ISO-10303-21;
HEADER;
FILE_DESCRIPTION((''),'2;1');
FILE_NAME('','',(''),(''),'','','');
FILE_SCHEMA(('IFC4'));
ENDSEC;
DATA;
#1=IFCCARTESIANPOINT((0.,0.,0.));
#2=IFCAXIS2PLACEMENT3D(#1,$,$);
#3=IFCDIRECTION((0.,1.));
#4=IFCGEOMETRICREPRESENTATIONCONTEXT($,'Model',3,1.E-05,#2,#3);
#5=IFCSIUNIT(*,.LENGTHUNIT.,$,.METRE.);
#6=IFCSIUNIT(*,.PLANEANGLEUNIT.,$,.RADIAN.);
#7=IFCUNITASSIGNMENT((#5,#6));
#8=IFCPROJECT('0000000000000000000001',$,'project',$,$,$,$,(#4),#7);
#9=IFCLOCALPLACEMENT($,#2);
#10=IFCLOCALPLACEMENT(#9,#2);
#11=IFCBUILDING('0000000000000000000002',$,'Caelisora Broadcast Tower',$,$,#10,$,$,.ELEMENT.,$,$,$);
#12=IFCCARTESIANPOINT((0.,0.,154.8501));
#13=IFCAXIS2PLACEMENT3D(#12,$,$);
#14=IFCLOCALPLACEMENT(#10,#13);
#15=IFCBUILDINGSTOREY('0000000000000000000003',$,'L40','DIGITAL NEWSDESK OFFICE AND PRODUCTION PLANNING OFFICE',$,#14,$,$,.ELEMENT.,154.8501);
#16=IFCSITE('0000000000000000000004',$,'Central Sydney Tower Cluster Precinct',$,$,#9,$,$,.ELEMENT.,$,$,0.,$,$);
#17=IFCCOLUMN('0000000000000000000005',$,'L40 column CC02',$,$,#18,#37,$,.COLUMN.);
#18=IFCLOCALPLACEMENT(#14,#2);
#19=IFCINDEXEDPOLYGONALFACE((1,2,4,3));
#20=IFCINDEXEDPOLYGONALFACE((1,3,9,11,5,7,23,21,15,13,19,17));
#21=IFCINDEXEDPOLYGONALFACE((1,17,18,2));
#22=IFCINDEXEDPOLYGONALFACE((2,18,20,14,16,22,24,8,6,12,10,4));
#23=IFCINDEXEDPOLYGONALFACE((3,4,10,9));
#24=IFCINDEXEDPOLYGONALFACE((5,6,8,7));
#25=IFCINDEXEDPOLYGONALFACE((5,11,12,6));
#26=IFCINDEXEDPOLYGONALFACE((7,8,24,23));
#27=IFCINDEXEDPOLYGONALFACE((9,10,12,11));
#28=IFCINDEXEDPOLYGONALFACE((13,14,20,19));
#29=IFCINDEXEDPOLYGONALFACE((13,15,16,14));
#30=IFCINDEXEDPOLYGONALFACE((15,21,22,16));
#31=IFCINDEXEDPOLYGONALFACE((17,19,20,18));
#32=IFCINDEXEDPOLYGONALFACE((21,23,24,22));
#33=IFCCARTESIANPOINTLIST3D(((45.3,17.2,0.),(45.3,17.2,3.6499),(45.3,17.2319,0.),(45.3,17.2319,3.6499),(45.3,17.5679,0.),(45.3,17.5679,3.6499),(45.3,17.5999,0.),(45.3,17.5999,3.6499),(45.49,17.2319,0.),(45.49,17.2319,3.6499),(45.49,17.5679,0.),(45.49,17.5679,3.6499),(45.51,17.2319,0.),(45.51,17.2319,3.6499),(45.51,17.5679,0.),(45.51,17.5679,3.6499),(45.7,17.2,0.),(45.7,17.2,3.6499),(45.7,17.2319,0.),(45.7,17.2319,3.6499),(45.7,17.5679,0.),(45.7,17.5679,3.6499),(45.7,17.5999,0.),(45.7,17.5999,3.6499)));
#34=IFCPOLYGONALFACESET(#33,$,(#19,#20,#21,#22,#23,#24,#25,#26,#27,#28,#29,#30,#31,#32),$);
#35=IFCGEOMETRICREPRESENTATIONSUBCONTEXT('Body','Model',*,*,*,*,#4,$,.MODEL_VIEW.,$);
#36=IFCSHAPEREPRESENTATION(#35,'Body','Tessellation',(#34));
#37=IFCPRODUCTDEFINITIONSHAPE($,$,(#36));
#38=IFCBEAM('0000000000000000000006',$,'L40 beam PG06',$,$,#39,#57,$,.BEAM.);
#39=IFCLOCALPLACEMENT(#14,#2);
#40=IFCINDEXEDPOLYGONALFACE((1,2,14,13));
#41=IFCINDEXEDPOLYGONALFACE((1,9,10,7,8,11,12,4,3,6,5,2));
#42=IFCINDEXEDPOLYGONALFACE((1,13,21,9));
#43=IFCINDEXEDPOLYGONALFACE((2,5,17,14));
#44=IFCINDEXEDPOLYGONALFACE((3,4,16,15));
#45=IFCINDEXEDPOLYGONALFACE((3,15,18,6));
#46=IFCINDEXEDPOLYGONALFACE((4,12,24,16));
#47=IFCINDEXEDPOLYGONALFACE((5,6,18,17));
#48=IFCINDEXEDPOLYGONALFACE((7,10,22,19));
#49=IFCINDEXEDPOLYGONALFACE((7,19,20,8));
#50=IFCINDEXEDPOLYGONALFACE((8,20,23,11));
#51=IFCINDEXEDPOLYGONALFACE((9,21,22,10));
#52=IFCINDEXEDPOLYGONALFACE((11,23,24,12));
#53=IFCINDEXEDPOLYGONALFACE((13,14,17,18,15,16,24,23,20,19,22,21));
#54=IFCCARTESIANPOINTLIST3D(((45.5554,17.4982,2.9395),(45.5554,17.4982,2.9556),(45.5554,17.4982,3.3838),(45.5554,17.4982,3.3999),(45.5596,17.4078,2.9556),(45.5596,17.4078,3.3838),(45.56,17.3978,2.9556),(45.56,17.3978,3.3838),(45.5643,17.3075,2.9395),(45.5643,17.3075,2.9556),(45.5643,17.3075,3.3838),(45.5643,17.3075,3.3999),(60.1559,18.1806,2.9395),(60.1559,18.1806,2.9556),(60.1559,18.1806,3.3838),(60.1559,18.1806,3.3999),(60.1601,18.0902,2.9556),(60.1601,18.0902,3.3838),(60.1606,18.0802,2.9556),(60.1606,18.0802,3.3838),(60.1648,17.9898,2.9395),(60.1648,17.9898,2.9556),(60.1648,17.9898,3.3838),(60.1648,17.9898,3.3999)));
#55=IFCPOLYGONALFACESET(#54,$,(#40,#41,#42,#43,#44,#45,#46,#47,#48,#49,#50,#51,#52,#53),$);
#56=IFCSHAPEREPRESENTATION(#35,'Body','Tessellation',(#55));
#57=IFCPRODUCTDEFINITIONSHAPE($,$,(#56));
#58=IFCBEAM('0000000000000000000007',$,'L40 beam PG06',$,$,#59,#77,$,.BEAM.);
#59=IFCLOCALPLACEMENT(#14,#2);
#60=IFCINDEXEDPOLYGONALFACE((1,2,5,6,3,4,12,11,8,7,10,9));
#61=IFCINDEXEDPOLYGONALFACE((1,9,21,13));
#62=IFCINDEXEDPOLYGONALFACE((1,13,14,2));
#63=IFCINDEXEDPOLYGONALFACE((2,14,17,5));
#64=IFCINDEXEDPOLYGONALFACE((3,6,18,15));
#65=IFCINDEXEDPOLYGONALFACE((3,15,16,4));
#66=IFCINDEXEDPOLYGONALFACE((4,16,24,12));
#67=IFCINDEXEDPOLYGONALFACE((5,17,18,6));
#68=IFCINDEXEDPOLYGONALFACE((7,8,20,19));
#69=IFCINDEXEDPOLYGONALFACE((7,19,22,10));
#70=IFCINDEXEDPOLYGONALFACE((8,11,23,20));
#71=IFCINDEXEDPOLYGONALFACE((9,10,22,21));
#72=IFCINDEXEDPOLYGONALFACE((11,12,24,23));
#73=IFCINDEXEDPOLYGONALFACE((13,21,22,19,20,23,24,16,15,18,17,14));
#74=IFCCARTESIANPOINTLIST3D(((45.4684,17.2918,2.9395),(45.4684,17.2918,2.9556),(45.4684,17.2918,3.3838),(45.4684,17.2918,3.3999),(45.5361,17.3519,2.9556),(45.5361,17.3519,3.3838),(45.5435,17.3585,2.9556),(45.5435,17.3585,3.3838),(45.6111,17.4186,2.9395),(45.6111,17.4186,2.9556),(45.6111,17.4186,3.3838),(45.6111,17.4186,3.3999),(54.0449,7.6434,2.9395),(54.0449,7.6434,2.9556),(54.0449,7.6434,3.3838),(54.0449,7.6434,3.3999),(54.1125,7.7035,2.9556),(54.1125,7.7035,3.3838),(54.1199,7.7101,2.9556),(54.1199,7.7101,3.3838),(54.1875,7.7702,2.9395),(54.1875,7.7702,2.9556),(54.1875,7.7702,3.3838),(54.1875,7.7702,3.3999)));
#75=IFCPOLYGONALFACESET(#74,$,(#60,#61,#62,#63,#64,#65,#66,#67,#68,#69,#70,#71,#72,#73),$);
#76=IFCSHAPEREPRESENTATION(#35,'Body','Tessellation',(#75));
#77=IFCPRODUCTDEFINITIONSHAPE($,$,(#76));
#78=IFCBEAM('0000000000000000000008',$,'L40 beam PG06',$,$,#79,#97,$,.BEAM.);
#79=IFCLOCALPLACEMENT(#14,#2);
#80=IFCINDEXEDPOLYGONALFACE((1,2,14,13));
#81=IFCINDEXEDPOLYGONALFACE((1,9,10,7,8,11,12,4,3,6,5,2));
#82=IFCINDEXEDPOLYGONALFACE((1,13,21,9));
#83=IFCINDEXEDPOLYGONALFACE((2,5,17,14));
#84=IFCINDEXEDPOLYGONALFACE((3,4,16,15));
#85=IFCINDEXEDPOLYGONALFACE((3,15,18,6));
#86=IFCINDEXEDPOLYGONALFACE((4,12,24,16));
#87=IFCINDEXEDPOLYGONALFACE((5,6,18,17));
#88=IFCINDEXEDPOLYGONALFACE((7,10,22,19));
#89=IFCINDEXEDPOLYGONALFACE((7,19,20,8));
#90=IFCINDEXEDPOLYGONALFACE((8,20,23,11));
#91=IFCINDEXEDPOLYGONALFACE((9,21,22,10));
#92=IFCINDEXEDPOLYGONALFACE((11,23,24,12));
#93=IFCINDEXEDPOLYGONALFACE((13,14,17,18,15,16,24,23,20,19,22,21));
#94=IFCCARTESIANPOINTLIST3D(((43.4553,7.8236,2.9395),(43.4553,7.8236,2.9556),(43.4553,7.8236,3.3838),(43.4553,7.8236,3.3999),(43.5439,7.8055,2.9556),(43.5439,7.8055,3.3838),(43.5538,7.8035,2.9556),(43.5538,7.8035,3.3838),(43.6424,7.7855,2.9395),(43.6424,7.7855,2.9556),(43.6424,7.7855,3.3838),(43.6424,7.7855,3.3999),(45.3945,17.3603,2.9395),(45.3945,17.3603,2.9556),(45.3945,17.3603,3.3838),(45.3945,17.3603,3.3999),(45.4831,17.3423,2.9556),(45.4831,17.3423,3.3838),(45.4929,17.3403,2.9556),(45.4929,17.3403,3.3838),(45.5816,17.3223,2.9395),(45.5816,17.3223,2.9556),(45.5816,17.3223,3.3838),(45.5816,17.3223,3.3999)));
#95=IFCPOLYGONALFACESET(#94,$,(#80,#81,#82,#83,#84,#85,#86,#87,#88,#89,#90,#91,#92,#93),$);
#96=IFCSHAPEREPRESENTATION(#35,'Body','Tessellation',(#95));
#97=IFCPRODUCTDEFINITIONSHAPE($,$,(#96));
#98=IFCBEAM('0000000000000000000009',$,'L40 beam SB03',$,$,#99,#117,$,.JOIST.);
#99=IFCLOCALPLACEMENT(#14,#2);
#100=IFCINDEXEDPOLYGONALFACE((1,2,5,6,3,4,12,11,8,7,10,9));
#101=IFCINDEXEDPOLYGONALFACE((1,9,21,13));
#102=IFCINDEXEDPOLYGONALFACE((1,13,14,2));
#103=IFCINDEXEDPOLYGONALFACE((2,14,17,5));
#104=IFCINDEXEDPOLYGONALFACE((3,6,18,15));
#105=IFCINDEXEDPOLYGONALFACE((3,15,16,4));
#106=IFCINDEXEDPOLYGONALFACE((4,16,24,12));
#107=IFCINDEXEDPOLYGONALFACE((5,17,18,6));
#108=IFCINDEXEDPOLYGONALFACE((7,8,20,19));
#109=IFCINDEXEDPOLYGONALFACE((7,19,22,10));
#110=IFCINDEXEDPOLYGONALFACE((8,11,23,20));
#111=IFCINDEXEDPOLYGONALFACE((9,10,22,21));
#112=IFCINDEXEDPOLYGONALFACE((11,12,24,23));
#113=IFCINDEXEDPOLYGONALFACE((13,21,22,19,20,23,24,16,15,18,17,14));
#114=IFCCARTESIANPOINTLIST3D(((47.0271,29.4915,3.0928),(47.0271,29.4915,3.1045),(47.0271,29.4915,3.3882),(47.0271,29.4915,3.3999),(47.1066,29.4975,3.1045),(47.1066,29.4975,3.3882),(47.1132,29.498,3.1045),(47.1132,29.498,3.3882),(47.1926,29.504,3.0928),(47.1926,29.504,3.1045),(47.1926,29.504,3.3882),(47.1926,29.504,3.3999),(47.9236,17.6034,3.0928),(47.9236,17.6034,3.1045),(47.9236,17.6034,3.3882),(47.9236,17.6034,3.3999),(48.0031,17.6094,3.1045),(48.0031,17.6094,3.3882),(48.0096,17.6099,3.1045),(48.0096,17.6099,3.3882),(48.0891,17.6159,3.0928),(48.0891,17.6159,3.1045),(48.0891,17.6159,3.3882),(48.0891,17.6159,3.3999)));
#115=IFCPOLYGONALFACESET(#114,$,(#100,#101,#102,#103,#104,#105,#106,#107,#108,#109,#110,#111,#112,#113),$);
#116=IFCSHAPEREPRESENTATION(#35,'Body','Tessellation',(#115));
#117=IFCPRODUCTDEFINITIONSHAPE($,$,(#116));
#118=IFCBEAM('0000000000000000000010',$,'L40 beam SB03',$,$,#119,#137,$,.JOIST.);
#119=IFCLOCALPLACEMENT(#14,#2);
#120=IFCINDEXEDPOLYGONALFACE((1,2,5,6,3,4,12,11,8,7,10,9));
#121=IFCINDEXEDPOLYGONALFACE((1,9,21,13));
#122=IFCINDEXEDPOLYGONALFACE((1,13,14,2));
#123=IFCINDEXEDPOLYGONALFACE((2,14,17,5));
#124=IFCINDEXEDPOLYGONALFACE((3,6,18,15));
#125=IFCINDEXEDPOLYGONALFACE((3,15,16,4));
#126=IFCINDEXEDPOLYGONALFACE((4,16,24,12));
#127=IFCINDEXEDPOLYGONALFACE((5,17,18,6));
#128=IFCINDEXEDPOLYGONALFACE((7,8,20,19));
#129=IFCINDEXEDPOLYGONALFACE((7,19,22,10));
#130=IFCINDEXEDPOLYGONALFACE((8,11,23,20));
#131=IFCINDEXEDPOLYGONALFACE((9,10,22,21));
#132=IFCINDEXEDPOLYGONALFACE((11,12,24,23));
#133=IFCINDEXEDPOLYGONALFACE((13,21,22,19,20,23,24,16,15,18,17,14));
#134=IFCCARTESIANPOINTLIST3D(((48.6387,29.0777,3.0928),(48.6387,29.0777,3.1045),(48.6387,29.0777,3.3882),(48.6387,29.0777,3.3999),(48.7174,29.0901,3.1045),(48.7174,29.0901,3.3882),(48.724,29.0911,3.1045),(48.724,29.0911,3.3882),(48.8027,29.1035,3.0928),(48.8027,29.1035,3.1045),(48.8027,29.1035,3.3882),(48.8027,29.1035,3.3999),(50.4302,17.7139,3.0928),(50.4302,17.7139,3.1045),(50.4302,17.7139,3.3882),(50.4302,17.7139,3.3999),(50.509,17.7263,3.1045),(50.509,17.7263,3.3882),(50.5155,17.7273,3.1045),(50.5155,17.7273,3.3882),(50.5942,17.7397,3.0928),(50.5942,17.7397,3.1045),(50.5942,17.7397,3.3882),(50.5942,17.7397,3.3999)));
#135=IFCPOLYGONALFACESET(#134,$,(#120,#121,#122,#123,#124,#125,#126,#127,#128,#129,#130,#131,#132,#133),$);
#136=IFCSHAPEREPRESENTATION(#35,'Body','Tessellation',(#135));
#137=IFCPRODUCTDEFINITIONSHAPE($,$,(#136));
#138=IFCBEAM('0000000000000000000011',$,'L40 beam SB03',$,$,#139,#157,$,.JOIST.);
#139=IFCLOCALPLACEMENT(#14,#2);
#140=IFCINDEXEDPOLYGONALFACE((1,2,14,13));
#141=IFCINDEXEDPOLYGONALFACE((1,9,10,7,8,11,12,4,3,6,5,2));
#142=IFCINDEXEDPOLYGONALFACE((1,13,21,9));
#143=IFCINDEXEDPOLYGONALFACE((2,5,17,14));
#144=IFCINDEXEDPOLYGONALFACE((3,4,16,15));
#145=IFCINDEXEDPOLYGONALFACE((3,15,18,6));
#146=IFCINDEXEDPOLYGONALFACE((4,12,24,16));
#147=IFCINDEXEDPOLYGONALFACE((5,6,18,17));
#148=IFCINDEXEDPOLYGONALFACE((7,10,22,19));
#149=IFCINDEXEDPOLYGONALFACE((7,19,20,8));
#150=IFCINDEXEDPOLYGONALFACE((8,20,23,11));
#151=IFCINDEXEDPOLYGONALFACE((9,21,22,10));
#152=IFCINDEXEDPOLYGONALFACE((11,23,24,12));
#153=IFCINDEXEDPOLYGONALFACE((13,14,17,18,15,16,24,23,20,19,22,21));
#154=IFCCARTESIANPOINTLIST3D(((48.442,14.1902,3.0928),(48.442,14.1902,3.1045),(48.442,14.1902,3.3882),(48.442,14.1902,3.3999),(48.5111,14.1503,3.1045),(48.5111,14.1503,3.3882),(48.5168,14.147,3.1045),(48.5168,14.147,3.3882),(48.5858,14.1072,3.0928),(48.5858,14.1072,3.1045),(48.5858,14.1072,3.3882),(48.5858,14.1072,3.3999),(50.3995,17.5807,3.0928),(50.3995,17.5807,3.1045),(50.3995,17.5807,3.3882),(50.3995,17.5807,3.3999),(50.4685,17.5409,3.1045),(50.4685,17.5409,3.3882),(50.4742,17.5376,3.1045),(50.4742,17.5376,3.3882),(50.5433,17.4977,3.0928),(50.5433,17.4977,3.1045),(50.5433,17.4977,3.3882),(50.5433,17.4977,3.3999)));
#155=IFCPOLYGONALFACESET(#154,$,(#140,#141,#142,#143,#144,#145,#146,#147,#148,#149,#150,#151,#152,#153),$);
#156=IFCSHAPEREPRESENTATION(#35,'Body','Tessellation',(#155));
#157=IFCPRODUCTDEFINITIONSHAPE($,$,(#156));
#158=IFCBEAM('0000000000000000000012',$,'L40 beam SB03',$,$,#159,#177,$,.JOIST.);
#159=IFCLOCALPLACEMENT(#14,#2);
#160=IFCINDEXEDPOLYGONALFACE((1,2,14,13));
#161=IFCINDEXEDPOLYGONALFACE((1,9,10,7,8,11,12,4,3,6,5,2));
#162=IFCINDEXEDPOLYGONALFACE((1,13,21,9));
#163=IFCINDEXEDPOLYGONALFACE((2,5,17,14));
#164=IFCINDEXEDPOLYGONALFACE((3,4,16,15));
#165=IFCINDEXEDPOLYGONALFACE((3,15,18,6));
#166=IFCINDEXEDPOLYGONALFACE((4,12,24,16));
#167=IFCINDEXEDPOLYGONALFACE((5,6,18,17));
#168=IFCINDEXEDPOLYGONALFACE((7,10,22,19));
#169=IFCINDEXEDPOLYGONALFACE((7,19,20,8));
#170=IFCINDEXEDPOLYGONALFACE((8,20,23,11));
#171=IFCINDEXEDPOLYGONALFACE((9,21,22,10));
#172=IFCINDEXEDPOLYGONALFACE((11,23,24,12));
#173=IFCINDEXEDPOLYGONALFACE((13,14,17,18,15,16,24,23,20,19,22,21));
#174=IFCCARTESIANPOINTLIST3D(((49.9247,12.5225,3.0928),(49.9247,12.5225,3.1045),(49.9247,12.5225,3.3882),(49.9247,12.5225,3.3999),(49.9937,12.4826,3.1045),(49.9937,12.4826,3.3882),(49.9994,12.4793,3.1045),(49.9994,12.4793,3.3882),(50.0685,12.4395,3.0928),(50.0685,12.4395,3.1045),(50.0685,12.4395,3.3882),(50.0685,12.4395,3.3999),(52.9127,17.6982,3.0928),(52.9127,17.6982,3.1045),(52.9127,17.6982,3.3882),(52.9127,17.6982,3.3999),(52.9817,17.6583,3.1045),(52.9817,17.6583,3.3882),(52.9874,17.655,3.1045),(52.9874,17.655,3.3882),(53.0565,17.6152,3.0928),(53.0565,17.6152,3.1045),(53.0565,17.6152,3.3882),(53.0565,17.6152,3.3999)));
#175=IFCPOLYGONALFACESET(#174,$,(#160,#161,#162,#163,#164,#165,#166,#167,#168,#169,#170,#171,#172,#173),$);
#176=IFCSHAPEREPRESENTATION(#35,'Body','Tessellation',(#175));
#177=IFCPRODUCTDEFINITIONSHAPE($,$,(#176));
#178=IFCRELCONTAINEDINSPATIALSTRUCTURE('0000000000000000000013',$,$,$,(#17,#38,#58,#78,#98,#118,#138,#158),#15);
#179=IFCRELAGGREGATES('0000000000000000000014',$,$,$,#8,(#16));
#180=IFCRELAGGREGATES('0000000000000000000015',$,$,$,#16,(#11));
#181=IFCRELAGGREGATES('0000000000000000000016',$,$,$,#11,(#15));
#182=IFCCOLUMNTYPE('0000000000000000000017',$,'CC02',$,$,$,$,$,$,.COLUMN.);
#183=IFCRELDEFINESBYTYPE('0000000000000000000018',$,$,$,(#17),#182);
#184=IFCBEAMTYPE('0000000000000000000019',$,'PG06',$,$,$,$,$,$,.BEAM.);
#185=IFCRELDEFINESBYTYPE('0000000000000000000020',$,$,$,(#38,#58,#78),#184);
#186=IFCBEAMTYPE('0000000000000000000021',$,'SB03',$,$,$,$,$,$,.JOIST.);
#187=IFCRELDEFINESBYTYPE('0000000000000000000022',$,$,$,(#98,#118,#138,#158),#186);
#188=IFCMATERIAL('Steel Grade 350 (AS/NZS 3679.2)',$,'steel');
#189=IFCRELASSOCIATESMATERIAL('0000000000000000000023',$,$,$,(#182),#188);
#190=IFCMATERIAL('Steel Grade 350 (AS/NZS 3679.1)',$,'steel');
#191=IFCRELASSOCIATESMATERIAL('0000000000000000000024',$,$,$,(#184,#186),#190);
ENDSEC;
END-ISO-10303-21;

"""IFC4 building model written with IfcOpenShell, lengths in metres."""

from ifc_helpers import new_model, si_unit, direction, frame, origin, origin_2d, place, context, subcontext, project, spatial, i_section, extrude, source, transform, mapped, material, material_profile, profile_set, type_object, type_shapes, element, save


model = new_model("IFC4")

# Units and contexts
model_context = context("Model", 3, precision=1e-05, world=origin(), true_north=direction((0.0, 1.0)))
body_context = subcontext(model_context, "Body", "Model", "MODEL_VIEW")
ifc_project = project(units=[si_unit("LENGTHUNIT", "METRE"), si_unit("PLANEANGLEUNIT", "RADIAN")], contexts=[model_context])

# Site, building, storey
site_placement = place(None, origin())
site = spatial("IfcSite", under=ifc_project, at=site_placement, Name="Central Sydney Tower Cluster Precinct", CompositionType="ELEMENT", RefElevation=0.0)
building_placement = place(site_placement, origin())
building = spatial("IfcBuilding", under=site, at=building_placement, Name="Caelisora Broadcast Tower", CompositionType="ELEMENT")
storey_placement = place(building_placement, frame((0.0, 0.0, 154.8501)))
storey = spatial("IfcBuildingStorey", under=building, at=storey_placement, Name="L40", Description="DIGITAL NEWSDESK OFFICE AND PRODUCTION PLANNING OFFICE", CompositionType="ELEMENT", Elevation=154.8501)

# Column
ifc_material_1 = material(Name="Steel Grade 350 (AS/NZS 3679.2)", Category="steel")
ifc_material_profile_1 = material_profile(ifc_material_1, i_section(OverallWidth=0.3999, OverallDepth=0.3999, WebThickness=0.02, FlangeThickness=0.032, at=origin_2d()), Name="Steel Grade 350 (AS/NZS 3679.2)")
ifc_profile_set_1 = profile_set([ifc_material_profile_1], Name="Steel Grade 350 (AS/NZS 3679.2)")
column_type = type_object("IfcColumnType", Name="CC02", PredefinedType="COLUMN", material=ifc_profile_set_1)
shared_shape_1 = source(origin(), body_context, "Body", "SweptSolid", [
    extrude(i_section(OverallWidth=0.3999, OverallDepth=0.3999, WebThickness=0.02, FlangeThickness=0.032, at=origin_2d()), origin(), (0.0, 0.0, 1.0), 3.6499),
])
type_shapes(column_type, [shared_shape_1])
column_placement = place(storey_placement, frame((45.5, 17.3999, 0.0), z_axis=(0.0, 0.0, 1.0), x_axis=(1.0, 0.0, 0.0)))
element("IfcColumn", 1, at=column_placement, inside=storey, type_object=column_type, Name="L40 column CC02", PredefinedType="COLUMN", context=body_context, shape_type="MappedRepresentation", body=[
    mapped(shared_shape_1, transform((0.0, 0.0, 0.0), scale=1.0)),
])

# Beams
ifc_material_2 = material(Name="Steel Grade 350 (AS/NZS 3679.1)", Category="steel")
ifc_material_profile_2 = material_profile(ifc_material_2, i_section(OverallWidth=0.1909, OverallDepth=0.4604, WebThickness=0.01, FlangeThickness=0.0161, at=origin_2d()), Name="Steel Grade 350 (AS/NZS 3679.1)")
ifc_profile_set_2 = profile_set([ifc_material_profile_2], Name="Steel Grade 350 (AS/NZS 3679.1)")
beam_type_1 = type_object("IfcBeamType", Name="PG06", PredefinedType="BEAM", material=ifc_profile_set_2)
shared_shape_2 = source(origin(), body_context, "Body", "SweptSolid", [
    extrude(i_section(OverallWidth=0.1909, OverallDepth=0.4604, WebThickness=0.01, FlangeThickness=0.0161, at=origin_2d()), origin(), (0.0, 0.0, 1.0), 14.6165),
])
beam_1_placement = place(storey_placement, frame((45.5598, 17.4028, 3.1697), z_axis=(0.99891, 0.046685, 0.0), x_axis=(-0.046685, 0.99891, 0.0)))
element("IfcBeam", 2, at=beam_1_placement, inside=storey, type_object=beam_type_1, Name="L40 beam PG06", PredefinedType="BEAM", context=body_context, shape_type="MappedRepresentation", body=[
    mapped(shared_shape_2, transform((0.0, 0.0, 0.0), scale=1.0)),
])
shared_shape_3 = source(origin(), body_context, "Body", "SweptSolid", [
    extrude(i_section(OverallWidth=0.1909, OverallDepth=0.4604, WebThickness=0.01, FlangeThickness=0.0161, at=origin_2d()), origin(), (0.0, 0.0, 1.0), 12.9092),
])
beam_2_placement = place(storey_placement, frame((45.5398, 17.3552, 3.1697), z_axis=(0.664365, -0.747408, 0.0), x_axis=(0.747408, 0.664365, 0.0)))
element("IfcBeam", 3, at=beam_2_placement, inside=storey, type_object=beam_type_1, Name="L40 beam PG06", PredefinedType="BEAM", context=body_context, shape_type="MappedRepresentation", body=[
    mapped(shared_shape_3, transform((0.0, 0.0, 0.0), scale=1.0)),
])
shared_shape_4 = source(origin(), body_context, "Body", "SweptSolid", [
    extrude(i_section(OverallWidth=0.1909, OverallDepth=0.4604, WebThickness=0.01, FlangeThickness=0.0161, at=origin_2d()), origin(), (0.0, 0.0, 1.0), 9.7319),
])
type_shapes(beam_type_1, [shared_shape_2, shared_shape_3, shared_shape_4])
beam_3_placement = place(storey_placement, frame((45.488, 17.3413, 3.1697), z_axis=(-0.199261, -0.979947, 0.0), x_axis=(0.979947, -0.199261, 0.0)))
element("IfcBeam", 4, at=beam_3_placement, inside=storey, type_object=beam_type_1, Name="L40 beam PG06", PredefinedType="BEAM", context=body_context, shape_type="MappedRepresentation", body=[
    mapped(shared_shape_4, transform((0.0, 0.0, 0.0), scale=1.0)),
])
ifc_material_profile_3 = material_profile(ifc_material_2, i_section(OverallWidth=0.166, OverallDepth=0.3071, WebThickness=0.0066, FlangeThickness=0.0117, at=origin_2d()), Name="Steel Grade 350 (AS/NZS 3679.1)")
ifc_profile_set_3 = profile_set([ifc_material_profile_3], Name="Steel Grade 350 (AS/NZS 3679.1)")
beam_type_2 = type_object("IfcBeamType", Name="SB03", PredefinedType="JOIST", material=ifc_profile_set_3)
shared_shape_5 = source(origin(), body_context, "Body", "SweptSolid", [
    extrude(i_section(OverallWidth=0.166, OverallDepth=0.3071, WebThickness=0.0066, FlangeThickness=0.0117, at=origin_2d()), origin(), (0.0, 0.0, 1.0), 11.9219),
])
beam_4_placement = place(storey_placement, frame((48.0063, 17.6096, 3.2463), z_axis=(-0.075196, 0.997169, 0.0), x_axis=(-0.997169, -0.075196, 0.0)))
element("IfcBeam", 5, at=beam_4_placement, inside=storey, type_object=beam_type_2, Name="L40 beam SB03", PredefinedType="JOIST", context=body_context, shape_type="MappedRepresentation", body=[
    mapped(shared_shape_5, transform((0.0, 0.0, 0.0), scale=1.0)),
])
shared_shape_6 = source(origin(), body_context, "Body", "SweptSolid", [
    extrude(i_section(OverallWidth=0.166, OverallDepth=0.3071, WebThickness=0.0066, FlangeThickness=0.0117, at=origin_2d()), origin(), (0.0, 0.0, 1.0), 11.5042),
])
beam_5_placement = place(storey_placement, frame((50.5122, 17.7268, 3.2463), z_axis=(-0.155727, 0.9878, 0.0), x_axis=(-0.9878, -0.155727, 0.0)))
element("IfcBeam", 6, at=beam_5_placement, inside=storey, type_object=beam_type_2, Name="L40 beam SB03", PredefinedType="JOIST", context=body_context, shape_type="MappedRepresentation", body=[
    mapped(shared_shape_6, transform((0.0, 0.0, 0.0), scale=1.0)),
])
shared_shape_7 = source(origin(), body_context, "Body", "SweptSolid", [
    extrude(i_section(OverallWidth=0.166, OverallDepth=0.3071, WebThickness=0.0066, FlangeThickness=0.0117, at=origin_2d()), origin(), (0.0, 0.0, 1.0), 3.915),
])
beam_6_placement = place(storey_placement, frame((48.5139, 14.1487, 3.2463), z_axis=(0.499989, 0.866032, 0.0), x_axis=(-0.866032, 0.499989, 0.0)))
element("IfcBeam", 7, at=beam_6_placement, inside=storey, type_object=beam_type_2, Name="L40 beam SB03", PredefinedType="JOIST", context=body_context, shape_type="MappedRepresentation", body=[
    mapped(shared_shape_7, transform((0.0, 0.0, 0.0), scale=1.0)),
])
shared_shape_8 = source(origin(), body_context, "Body", "SweptSolid", [
    extrude(i_section(OverallWidth=0.166, OverallDepth=0.3071, WebThickness=0.0066, FlangeThickness=0.0117, at=origin_2d()), origin(), (0.0, 0.0, 1.0), 5.9763),
])
beam_7_placement = place(storey_placement, frame((49.9966, 12.481, 3.2463), z_axis=(0.499975, 0.86604, 0.0), x_axis=(-0.86604, 0.499975, 0.0)))
element("IfcBeam", 8, at=beam_7_placement, inside=storey, type_object=beam_type_2, Name="L40 beam SB03", PredefinedType="JOIST", context=body_context, shape_type="MappedRepresentation", body=[
    mapped(shared_shape_8, transform((0.0, 0.0, 0.0), scale=1.0)),
])

save(model, "model.ifc")
